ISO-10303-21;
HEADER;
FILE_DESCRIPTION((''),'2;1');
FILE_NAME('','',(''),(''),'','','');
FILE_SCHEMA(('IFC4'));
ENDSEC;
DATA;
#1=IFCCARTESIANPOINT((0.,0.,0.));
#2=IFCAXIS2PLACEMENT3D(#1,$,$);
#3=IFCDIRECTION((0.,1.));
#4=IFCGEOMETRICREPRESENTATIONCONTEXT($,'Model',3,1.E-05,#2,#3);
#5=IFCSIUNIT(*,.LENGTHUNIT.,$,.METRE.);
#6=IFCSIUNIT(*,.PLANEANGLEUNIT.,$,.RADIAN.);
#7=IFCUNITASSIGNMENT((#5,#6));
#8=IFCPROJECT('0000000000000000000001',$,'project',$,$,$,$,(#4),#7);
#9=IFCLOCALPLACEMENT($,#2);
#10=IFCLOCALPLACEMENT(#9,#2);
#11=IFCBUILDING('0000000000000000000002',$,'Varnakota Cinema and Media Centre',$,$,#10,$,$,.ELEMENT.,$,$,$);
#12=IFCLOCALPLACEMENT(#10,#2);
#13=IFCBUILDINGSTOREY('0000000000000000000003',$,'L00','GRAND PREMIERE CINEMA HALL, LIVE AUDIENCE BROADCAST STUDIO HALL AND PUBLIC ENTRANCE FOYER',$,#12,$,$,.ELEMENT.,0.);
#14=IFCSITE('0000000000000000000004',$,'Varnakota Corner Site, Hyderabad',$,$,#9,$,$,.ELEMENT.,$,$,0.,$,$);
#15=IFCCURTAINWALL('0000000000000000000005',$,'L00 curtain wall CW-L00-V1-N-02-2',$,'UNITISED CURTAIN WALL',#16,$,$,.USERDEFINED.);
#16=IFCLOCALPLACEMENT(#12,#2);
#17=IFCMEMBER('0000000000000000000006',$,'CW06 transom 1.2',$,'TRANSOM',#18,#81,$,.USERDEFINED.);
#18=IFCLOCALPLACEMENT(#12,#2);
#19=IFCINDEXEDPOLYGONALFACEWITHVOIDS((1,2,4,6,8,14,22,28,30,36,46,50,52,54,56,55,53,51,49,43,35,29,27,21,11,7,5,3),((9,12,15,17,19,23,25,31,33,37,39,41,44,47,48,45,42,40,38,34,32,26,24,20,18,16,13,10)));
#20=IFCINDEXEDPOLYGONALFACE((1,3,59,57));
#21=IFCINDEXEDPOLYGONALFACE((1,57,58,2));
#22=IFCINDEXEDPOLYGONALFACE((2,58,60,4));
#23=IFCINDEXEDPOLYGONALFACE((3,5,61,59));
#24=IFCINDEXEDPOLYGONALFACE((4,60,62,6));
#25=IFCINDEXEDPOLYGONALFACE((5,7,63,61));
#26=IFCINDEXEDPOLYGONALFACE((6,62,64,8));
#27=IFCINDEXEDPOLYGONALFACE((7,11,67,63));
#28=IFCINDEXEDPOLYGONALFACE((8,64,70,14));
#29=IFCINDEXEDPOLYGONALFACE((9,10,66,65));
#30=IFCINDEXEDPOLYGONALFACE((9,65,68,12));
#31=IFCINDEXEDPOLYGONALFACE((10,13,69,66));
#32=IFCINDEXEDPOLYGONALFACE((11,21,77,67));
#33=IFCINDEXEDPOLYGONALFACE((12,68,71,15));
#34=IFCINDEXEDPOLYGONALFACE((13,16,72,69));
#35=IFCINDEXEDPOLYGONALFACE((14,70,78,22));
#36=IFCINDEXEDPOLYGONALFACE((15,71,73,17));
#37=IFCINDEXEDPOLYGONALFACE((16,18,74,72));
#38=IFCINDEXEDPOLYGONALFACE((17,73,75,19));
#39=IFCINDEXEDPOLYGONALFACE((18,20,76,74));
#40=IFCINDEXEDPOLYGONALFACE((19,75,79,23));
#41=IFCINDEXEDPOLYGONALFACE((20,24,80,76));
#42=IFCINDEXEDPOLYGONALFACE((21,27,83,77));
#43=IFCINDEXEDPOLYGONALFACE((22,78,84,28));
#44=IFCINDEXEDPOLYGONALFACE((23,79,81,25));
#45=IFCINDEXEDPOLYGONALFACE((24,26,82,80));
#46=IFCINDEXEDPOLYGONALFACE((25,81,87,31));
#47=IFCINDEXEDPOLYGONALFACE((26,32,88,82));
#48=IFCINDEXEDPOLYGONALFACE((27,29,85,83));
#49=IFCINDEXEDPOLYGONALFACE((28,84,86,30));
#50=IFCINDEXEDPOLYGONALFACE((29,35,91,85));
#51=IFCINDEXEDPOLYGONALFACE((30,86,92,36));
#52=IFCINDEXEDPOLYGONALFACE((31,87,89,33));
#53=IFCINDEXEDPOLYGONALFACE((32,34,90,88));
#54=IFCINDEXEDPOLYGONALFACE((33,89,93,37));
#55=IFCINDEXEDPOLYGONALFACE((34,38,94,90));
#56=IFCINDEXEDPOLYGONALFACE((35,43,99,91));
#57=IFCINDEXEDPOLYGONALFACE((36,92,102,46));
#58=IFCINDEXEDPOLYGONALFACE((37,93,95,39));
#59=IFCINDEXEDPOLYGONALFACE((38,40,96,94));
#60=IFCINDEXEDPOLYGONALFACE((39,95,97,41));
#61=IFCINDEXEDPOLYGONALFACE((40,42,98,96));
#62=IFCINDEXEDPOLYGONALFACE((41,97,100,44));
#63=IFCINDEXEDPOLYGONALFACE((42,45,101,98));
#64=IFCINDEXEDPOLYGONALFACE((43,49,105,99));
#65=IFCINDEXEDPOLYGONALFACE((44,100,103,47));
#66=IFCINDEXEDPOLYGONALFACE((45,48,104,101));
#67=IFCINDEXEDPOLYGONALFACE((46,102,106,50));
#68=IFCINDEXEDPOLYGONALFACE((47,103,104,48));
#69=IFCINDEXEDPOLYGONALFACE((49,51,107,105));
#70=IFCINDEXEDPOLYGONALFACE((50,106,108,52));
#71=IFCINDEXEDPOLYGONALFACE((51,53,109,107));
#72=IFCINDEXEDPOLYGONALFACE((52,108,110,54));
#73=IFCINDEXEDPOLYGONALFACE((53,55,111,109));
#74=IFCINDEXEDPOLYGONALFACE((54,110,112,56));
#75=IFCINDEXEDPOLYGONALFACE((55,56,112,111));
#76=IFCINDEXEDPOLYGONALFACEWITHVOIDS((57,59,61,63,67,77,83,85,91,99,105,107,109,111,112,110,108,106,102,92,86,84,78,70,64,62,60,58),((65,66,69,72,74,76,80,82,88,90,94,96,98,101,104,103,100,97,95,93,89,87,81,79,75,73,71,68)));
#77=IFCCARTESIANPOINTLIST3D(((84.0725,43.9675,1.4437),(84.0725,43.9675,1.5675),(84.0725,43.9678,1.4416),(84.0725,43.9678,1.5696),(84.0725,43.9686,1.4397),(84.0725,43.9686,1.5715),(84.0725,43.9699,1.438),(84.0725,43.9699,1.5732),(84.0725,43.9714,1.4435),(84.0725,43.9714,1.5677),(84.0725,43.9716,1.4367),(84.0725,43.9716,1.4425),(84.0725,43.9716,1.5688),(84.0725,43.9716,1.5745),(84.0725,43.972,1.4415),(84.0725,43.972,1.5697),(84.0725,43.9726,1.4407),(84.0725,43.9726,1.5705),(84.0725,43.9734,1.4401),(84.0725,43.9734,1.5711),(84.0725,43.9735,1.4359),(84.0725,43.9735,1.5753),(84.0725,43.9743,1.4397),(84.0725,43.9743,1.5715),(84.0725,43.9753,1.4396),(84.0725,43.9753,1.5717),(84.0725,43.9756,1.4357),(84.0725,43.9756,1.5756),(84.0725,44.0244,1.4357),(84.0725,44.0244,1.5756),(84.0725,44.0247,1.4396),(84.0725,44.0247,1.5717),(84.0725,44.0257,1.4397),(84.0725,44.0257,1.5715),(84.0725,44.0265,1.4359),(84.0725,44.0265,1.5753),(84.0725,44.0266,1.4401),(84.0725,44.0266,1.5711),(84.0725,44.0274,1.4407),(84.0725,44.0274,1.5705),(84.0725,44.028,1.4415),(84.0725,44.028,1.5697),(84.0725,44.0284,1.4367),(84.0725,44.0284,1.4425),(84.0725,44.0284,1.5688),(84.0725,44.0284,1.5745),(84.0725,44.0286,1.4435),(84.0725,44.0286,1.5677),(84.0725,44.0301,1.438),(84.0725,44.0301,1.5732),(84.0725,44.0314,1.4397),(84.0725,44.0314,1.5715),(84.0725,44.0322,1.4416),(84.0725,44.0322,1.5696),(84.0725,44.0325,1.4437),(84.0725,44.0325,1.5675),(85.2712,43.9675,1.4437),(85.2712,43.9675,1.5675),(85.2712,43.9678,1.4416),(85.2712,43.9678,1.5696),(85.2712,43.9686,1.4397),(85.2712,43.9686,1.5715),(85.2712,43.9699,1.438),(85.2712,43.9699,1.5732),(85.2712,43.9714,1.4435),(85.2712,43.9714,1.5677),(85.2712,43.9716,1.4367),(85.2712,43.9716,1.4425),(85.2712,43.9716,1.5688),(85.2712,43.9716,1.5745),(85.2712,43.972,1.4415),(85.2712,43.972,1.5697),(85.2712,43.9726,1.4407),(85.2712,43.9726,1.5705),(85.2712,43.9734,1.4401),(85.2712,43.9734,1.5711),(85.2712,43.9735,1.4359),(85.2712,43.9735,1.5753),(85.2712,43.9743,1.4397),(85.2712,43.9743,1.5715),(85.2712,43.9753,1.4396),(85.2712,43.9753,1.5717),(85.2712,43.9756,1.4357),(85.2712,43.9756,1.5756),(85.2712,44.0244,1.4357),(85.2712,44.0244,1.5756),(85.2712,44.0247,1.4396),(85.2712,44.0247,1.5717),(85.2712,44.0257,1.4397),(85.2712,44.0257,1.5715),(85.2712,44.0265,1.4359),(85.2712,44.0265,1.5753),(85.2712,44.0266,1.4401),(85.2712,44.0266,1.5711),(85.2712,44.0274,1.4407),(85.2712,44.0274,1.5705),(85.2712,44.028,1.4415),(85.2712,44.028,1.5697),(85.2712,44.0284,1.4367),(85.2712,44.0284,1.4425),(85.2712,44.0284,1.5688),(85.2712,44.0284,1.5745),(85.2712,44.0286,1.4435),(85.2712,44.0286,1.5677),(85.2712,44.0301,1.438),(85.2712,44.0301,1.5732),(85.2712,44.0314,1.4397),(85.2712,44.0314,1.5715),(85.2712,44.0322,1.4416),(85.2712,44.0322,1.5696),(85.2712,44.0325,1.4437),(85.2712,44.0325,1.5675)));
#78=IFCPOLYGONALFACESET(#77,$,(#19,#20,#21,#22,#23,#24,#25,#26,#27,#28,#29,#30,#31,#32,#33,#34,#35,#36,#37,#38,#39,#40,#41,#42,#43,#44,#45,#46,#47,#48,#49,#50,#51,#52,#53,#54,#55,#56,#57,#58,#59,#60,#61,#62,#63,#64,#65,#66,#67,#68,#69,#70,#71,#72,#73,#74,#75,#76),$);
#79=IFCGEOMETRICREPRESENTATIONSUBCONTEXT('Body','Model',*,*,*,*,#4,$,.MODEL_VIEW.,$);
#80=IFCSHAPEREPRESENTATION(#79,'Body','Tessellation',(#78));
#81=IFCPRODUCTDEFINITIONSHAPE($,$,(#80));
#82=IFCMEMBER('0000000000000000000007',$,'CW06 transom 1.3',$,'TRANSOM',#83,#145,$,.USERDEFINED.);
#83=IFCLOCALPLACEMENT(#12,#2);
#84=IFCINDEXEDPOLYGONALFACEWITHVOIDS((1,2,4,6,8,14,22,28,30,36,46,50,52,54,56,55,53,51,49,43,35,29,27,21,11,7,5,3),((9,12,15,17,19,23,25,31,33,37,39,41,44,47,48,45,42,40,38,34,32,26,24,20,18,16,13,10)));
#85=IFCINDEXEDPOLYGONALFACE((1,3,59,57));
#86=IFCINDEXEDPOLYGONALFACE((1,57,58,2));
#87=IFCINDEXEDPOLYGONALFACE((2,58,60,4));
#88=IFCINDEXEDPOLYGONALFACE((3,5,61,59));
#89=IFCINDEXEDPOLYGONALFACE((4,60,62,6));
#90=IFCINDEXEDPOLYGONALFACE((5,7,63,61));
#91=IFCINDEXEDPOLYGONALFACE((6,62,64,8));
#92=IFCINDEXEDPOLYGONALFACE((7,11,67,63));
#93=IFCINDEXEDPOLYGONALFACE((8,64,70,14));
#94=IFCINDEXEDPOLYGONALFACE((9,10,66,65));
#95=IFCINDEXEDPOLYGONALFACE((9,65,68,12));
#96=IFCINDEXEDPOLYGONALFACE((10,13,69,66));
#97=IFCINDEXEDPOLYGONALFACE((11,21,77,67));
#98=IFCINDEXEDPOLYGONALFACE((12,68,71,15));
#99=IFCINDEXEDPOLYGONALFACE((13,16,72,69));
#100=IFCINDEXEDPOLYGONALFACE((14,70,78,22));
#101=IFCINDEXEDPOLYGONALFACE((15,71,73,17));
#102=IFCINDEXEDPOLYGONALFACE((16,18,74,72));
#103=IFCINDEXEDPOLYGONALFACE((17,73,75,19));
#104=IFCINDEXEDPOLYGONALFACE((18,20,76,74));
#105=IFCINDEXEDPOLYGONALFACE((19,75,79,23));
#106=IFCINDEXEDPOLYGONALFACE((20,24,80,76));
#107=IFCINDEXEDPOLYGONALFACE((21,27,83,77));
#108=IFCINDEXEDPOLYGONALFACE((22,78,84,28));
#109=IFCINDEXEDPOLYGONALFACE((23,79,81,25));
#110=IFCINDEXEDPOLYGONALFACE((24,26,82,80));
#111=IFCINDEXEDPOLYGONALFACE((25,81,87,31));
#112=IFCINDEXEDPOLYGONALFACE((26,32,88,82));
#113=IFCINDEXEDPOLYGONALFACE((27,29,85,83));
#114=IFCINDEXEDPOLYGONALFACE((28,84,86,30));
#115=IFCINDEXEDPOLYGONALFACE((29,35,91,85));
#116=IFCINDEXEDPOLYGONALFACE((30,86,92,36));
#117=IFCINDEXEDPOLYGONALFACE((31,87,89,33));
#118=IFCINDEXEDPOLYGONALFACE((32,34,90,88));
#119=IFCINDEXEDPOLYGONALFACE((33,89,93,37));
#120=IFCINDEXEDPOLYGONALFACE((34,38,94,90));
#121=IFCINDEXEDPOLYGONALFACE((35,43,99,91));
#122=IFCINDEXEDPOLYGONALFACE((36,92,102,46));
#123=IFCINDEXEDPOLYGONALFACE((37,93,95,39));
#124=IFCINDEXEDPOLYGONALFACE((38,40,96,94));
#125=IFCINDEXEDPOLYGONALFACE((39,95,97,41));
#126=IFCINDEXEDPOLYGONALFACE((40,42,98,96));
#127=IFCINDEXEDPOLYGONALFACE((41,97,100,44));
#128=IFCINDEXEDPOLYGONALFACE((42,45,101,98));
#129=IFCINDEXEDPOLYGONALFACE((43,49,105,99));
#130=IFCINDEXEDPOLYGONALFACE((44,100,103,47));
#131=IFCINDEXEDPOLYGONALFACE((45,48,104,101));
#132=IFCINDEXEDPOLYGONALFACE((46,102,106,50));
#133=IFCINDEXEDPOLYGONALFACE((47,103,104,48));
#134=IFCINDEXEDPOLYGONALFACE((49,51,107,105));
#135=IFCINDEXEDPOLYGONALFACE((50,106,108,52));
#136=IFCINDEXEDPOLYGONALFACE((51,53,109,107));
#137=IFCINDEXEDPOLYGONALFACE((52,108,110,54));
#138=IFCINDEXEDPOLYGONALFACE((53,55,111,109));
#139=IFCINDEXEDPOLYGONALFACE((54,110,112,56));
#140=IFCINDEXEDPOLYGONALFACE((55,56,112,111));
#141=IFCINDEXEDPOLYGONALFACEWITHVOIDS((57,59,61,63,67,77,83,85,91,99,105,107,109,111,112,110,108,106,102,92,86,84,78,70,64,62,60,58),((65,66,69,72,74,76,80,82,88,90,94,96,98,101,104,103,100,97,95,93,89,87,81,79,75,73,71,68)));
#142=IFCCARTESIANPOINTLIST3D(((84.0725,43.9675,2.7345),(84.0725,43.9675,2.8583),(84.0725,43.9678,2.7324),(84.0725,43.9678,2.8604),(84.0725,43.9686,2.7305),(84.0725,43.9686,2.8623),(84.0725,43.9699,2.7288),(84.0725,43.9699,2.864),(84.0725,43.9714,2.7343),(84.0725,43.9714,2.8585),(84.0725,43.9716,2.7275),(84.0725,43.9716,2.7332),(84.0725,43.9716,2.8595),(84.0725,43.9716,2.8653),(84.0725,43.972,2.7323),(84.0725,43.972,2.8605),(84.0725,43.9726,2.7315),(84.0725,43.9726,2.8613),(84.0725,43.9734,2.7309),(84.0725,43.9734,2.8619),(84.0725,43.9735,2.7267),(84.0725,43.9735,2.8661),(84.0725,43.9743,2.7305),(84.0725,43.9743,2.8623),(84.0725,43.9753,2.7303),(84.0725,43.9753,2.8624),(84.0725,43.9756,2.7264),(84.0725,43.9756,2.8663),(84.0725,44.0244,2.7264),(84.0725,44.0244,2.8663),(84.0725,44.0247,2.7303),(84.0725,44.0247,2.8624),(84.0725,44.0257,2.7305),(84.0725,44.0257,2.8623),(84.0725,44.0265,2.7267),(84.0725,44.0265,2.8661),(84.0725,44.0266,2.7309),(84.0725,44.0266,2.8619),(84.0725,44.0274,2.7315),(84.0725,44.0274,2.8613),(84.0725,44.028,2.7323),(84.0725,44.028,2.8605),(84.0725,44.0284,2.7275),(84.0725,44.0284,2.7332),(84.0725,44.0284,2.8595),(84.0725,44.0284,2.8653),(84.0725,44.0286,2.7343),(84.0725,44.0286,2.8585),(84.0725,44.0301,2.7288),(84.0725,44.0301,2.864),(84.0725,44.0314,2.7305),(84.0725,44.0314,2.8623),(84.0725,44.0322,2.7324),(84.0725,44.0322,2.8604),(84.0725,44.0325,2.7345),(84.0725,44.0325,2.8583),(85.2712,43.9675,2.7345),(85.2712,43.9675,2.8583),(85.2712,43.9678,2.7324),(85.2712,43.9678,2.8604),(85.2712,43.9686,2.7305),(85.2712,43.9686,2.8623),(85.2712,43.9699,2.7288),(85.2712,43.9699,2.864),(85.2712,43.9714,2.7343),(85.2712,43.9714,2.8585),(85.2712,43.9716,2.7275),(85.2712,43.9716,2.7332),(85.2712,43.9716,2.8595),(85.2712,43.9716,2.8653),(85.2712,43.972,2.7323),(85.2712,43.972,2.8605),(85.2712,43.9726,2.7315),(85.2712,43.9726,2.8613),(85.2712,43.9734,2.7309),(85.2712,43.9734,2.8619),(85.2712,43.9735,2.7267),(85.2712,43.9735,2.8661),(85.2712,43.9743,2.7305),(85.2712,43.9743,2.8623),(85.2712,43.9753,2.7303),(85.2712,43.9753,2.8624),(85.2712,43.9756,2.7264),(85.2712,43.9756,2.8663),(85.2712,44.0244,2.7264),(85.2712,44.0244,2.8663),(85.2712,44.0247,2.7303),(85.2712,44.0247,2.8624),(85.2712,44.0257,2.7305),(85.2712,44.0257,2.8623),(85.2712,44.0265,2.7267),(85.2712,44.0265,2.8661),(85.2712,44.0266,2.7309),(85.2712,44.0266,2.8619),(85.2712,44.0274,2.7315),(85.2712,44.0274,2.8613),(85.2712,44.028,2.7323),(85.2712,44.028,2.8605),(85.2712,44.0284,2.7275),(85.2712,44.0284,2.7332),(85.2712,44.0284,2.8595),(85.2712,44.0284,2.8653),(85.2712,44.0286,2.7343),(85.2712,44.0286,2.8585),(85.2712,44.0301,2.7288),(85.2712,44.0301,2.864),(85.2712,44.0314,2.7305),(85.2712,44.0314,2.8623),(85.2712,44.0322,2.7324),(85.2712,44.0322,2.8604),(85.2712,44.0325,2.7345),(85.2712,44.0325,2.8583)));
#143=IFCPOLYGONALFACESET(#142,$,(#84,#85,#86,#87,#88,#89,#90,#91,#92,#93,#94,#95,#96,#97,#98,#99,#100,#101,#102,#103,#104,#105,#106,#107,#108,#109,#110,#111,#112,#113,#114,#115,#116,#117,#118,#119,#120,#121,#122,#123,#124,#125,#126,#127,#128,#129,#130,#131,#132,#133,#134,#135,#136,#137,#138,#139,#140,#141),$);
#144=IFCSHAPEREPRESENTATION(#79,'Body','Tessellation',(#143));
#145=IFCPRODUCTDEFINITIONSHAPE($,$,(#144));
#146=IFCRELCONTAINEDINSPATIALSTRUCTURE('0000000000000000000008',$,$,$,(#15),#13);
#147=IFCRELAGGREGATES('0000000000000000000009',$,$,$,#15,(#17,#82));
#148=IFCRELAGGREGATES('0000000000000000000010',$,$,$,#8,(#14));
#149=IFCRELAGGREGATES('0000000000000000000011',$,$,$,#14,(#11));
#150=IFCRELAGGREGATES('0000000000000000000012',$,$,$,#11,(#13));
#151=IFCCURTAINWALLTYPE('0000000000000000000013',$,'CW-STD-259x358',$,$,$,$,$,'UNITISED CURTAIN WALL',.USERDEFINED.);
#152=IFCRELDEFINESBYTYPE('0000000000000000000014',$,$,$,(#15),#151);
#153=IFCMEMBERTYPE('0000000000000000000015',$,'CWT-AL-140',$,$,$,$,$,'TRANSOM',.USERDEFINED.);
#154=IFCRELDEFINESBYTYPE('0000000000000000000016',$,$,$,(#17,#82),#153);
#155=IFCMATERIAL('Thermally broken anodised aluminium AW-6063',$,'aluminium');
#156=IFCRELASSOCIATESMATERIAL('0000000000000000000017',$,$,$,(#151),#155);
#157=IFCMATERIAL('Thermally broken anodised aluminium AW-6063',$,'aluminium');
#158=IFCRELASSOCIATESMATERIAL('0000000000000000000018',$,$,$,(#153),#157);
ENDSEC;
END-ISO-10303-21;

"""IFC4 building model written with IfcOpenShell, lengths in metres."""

from ifc_helpers import new_model, si_unit, direction, frame, origin, origin_2d, place, context, subcontext, project, spatial, hollow_rectangle, extrude, material, material_profile, profile_set, type_object, element, aggregate, save


model = new_model("IFC4")

# Units and contexts
model_context = context("Model", 3, precision=1e-05, world=origin(), true_north=direction((0.0, 1.0)))
body_context = subcontext(model_context, "Body", "Model", "MODEL_VIEW")
ifc_project = project(units=[si_unit("LENGTHUNIT", "METRE"), si_unit("PLANEANGLEUNIT", "RADIAN")], contexts=[model_context])

# Site, building, storey
site_placement = place(None, origin())
site = spatial("IfcSite", under=ifc_project, at=site_placement, Name="Varnakota Corner Site, Hyderabad", CompositionType="ELEMENT", RefElevation=0.0)
building_placement = place(site_placement, origin())
building = spatial("IfcBuilding", under=site, at=building_placement, Name="Varnakota Cinema and Media Centre", CompositionType="ELEMENT")
storey_placement = place(building_placement, origin())
storey = spatial("IfcBuildingStorey", under=building, at=storey_placement, Name="L00", Description="GRAND PREMIERE CINEMA HALL, LIVE AUDIENCE BROADCAST STUDIO HALL AND PUBLIC ENTRANCE FOYER", CompositionType="ELEMENT", Elevation=0.0)

# Curtain wall
ifc_material_1 = material(Name="Thermally broken anodised aluminium AW-6063", Category="aluminium")
curtain_wall_type = type_object("IfcCurtainWallType", Name="CW-STD-259x358", ElementType="UNITISED CURTAIN WALL", PredefinedType="USERDEFINED", material=ifc_material_1)
curtain_wall_1_placement = place(storey_placement, origin())
curtain_wall_1 = element("IfcCurtainWall", 1, at=curtain_wall_1_placement, inside=storey, type_object=curtain_wall_type, Name="L00 curtain wall CW-L00-V1-N-02-2", ObjectType="UNITISED CURTAIN WALL", PredefinedType="USERDEFINED")

# Members
ifc_material_2 = material(Name="Thermally broken anodised aluminium AW-6063", Category="aluminium")
ifc_material_profile_1 = material_profile(ifc_material_2, hollow_rectangle(XDim=0.0649, YDim=0.1399, WallThickness=0.0039, InnerFilletRadius=0.0039, OuterFilletRadius=0.0081, at=origin_2d()), Name="AL-TRANSOM 140x65x4")
ifc_profile_set_1 = profile_set([ifc_material_profile_1], Name="Thermally broken anodised aluminium AW-6063")
member_type_1 = type_object("IfcMemberType", Name="CWT-AL-140", ElementType="TRANSOM", PredefinedType="USERDEFINED", material=ifc_profile_set_1)
member_1_placement = place(storey_placement, frame((84.0725, 44.0, 1.5056), z_axis=(1.0, 0.0, 0.0), x_axis=(0.0, 1.0, 0.0)))
member_1 = element("IfcMember", 2, at=member_1_placement, type_object=member_type_1, Name="CW06 transom 1.2", ObjectType="TRANSOM", PredefinedType="USERDEFINED", context=body_context, shape_type="SweptSolid", body=[
    extrude(hollow_rectangle(XDim=0.0649, YDim=0.1399, WallThickness=0.0039, InnerFilletRadius=0.0039, OuterFilletRadius=0.0081, at=origin_2d()), origin(), (0.0, 0.0, 1.0), 1.1987),
])
member_2_placement = place(storey_placement, frame((84.0725, 44.0, 2.7964), z_axis=(1.0, 0.0, 0.0), x_axis=(0.0, 1.0, 0.0)))
member_2 = element("IfcMember", 3, at=member_2_placement, type_object=member_type_1, Name="CW06 transom 1.3", ObjectType="TRANSOM", PredefinedType="USERDEFINED", context=body_context, shape_type="SweptSolid", body=[
    extrude(hollow_rectangle(XDim=0.0649, YDim=0.1399, WallThickness=0.0039, InnerFilletRadius=0.0039, OuterFilletRadius=0.0081, at=origin_2d()), origin(), (0.0, 0.0, 1.0), 1.1987),
])

aggregate(curtain_wall_1, [member_1, member_2])

save(model, "model.ifc")
